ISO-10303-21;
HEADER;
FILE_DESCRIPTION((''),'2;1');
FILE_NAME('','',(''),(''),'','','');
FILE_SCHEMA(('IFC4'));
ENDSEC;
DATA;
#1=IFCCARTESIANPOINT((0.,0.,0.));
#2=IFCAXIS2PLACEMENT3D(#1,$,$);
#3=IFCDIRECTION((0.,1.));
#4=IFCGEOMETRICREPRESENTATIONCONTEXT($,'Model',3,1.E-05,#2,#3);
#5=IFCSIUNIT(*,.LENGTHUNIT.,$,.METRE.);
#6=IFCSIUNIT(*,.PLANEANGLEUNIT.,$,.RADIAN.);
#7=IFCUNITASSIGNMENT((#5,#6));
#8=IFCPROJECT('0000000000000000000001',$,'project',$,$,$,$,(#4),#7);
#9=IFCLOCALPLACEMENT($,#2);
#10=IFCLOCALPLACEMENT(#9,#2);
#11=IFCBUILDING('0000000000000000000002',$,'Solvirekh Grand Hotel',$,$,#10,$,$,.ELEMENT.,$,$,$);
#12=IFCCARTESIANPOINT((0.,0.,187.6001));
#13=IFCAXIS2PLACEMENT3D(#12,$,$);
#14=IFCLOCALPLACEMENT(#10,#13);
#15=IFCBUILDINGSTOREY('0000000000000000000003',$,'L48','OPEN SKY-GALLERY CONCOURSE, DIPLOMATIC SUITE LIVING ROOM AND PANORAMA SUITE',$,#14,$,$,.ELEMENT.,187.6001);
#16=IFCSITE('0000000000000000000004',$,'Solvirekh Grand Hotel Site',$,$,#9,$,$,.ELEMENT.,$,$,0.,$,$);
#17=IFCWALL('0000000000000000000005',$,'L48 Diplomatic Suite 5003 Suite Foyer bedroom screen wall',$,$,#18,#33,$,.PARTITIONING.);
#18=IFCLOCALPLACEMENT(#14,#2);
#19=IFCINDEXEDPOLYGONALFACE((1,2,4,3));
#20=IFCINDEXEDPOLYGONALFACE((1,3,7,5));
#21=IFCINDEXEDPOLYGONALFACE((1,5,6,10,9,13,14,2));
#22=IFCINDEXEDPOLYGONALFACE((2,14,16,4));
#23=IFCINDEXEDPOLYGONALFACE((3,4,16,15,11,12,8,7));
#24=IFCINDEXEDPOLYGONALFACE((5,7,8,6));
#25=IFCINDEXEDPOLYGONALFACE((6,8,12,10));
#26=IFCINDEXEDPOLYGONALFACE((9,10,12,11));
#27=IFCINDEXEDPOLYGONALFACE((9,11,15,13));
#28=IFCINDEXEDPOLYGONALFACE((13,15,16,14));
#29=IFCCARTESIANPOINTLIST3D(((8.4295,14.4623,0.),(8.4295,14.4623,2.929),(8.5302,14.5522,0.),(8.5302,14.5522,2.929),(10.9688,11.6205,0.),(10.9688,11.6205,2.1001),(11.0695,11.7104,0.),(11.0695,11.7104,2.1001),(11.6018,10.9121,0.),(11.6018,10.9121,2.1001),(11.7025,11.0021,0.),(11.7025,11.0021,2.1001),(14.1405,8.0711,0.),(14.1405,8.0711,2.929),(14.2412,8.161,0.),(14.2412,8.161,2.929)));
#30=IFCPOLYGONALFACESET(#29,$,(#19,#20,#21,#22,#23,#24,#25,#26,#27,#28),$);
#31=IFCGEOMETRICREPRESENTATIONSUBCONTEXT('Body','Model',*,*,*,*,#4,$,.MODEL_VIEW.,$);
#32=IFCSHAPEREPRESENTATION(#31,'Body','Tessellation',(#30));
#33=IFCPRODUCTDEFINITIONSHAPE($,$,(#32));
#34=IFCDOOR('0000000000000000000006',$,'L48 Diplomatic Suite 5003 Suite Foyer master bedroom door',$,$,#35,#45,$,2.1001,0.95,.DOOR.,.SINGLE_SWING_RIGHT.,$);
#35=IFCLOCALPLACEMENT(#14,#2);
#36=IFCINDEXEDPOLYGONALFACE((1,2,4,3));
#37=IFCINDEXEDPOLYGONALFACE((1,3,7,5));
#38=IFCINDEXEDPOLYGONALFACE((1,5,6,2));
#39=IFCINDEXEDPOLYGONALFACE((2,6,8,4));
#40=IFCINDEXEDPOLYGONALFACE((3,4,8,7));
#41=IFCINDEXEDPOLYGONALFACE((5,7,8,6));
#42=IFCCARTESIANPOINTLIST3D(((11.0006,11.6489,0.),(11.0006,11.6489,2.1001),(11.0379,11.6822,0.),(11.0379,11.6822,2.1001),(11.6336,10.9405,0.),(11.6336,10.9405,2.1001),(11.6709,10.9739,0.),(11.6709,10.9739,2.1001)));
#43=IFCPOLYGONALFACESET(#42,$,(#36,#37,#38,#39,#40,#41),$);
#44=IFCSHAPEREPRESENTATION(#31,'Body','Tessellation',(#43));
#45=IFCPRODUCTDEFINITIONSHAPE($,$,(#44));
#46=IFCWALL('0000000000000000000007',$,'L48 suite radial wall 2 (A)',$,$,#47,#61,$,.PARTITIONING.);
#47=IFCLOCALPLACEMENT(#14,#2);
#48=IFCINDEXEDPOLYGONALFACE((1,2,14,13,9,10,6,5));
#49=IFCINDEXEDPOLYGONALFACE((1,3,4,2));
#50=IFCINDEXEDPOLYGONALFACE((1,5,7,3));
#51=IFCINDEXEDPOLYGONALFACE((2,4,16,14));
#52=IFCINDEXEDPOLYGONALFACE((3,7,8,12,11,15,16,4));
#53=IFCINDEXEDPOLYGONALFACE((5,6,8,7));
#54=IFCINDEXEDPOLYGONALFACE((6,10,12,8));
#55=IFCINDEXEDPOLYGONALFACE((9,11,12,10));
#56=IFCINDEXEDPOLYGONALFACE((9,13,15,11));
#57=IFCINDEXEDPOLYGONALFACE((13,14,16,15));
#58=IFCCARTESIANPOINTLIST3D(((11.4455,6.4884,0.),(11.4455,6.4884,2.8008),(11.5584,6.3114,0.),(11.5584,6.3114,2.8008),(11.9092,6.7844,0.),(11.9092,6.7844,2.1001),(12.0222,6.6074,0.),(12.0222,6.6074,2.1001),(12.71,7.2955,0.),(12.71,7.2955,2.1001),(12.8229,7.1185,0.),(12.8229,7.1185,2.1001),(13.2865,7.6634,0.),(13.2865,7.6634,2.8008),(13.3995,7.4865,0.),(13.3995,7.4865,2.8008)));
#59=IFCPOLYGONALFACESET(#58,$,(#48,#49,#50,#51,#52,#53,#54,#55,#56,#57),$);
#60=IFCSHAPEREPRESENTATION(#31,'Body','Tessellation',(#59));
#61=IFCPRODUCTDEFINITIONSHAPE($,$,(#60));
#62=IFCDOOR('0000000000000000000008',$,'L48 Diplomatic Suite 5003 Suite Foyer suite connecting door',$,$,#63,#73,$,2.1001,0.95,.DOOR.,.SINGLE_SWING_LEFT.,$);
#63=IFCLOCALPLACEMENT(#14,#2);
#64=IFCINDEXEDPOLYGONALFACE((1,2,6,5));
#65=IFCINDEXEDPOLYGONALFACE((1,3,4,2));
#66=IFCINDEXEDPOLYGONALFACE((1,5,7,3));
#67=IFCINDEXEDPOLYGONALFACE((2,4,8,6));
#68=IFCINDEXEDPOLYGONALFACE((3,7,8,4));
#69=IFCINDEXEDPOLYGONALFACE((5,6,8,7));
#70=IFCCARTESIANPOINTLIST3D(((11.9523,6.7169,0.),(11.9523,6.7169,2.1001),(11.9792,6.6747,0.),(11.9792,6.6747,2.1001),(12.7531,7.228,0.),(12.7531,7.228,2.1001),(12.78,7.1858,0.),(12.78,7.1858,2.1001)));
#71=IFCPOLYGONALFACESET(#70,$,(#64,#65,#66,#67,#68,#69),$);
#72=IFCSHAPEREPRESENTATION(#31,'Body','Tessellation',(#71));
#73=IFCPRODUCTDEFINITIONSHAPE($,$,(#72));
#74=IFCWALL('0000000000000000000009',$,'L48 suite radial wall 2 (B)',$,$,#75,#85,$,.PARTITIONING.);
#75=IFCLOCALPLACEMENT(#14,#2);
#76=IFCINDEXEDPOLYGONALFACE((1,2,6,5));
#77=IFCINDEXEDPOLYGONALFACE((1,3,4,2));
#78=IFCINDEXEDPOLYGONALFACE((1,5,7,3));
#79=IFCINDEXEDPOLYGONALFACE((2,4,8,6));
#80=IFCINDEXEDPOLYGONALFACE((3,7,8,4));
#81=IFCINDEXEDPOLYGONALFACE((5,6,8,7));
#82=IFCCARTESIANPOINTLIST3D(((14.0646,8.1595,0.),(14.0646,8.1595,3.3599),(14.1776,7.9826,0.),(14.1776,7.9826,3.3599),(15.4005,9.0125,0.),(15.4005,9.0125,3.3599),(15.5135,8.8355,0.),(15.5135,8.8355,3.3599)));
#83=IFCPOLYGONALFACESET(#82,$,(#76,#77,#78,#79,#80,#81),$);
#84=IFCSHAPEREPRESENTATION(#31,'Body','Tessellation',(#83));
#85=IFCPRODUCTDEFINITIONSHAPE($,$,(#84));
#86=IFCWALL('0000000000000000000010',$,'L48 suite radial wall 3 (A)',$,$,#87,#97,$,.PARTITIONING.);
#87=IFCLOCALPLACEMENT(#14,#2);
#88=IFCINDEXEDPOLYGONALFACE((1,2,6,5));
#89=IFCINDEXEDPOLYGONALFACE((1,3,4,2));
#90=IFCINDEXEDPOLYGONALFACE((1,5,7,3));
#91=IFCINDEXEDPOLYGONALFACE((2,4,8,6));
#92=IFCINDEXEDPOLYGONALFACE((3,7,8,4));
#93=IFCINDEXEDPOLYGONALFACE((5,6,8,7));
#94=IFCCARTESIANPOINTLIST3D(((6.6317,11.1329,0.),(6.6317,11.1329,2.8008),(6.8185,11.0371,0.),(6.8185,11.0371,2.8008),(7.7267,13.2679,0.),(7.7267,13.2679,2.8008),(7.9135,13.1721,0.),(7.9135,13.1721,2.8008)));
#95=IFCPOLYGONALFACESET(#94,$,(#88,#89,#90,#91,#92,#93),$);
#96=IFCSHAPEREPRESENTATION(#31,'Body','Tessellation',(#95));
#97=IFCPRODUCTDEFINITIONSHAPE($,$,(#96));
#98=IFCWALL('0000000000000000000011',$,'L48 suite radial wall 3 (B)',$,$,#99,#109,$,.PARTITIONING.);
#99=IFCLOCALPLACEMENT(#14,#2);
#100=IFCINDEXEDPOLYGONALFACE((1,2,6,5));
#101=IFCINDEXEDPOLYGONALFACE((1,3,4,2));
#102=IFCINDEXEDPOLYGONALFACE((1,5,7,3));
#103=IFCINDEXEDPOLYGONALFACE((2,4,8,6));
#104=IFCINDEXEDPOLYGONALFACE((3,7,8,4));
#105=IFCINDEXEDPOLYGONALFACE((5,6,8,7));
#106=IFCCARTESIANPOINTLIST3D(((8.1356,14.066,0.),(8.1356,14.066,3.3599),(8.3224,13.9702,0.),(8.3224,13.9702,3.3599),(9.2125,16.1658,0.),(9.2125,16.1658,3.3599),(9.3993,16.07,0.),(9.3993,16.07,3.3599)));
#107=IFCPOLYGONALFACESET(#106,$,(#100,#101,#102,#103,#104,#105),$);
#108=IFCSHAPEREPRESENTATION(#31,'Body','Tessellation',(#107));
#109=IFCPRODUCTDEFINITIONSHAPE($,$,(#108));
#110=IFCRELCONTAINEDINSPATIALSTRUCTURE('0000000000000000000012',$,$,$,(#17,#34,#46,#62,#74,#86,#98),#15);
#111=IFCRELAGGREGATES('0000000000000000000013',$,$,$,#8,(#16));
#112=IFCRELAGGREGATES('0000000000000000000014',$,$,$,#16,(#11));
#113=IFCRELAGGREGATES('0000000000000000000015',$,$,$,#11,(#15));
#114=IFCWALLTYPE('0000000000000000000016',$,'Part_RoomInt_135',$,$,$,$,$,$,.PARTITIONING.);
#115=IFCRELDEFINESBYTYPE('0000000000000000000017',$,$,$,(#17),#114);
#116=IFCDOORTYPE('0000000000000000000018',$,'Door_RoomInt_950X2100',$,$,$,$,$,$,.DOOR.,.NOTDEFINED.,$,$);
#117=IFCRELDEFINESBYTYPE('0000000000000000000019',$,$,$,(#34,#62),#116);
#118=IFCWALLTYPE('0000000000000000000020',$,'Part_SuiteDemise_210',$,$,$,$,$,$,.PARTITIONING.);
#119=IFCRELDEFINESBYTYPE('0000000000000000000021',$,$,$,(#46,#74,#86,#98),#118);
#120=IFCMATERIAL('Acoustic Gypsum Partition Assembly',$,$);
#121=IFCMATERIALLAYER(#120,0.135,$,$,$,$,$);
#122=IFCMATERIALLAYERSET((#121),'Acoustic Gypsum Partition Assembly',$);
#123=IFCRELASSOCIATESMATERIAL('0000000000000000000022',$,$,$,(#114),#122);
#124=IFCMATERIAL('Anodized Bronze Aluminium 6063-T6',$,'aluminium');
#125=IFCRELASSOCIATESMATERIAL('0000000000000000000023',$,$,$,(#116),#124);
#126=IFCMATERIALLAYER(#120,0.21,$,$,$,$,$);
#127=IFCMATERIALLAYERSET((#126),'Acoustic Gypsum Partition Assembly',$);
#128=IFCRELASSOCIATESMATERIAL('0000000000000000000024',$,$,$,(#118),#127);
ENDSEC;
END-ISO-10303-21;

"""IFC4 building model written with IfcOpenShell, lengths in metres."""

from ifc_helpers import new_model, si_unit, direction, frame, frame_2d, origin, place, context, subcontext, project, spatial, rectangle, extrude, material, layer, layer_set, type_object, element, fill, save


model = new_model("IFC4")

# Units and contexts
model_context = context("Model", 3, precision=1e-05, world=origin(), true_north=direction((0.0, 1.0)))
body_context = subcontext(model_context, "Body", "Model", "MODEL_VIEW")
ifc_project = project(units=[si_unit("LENGTHUNIT", "METRE"), si_unit("PLANEANGLEUNIT", "RADIAN")], contexts=[model_context])

# Site, building, storey
site_placement = place(None, origin())
site = spatial("IfcSite", under=ifc_project, at=site_placement, Name="Solvirekh Grand Hotel Site", CompositionType="ELEMENT", RefElevation=0.0)
building_placement = place(site_placement, origin())
building = spatial("IfcBuilding", under=site, at=building_placement, Name="Solvirekh Grand Hotel", CompositionType="ELEMENT")
storey_placement = place(building_placement, frame((0.0, 0.0, 187.6001)))
storey = spatial("IfcBuildingStorey", under=building, at=storey_placement, Name="L48", Description="OPEN SKY-GALLERY CONCOURSE, DIPLOMATIC SUITE LIVING ROOM AND PANORAMA SUITE", CompositionType="ELEMENT", Elevation=187.6001)

# Shared definitions
ifc_material_1 = material(Name="Anodized Bronze Aluminium 6063-T6", Category="aluminium")

# Shared definitions
ifc_material_2 = material(Name="Acoustic Gypsum Partition Assembly")

# Walls, openings, doors
ifc_layer_1 = layer(ifc_material_2, 0.135)
ifc_layer_set_1 = layer_set([ifc_layer_1], Name="Acoustic Gypsum Partition Assembly")
wall_type_1 = type_object("IfcWallType", Name="Part_RoomInt_135", PredefinedType="PARTITIONING", material=ifc_layer_set_1)
wall_1_placement = place(storey_placement, frame((14.1909, 8.116, 0.0), z_axis=(0.0, 0.0, 1.0), x_axis=(-0.666313, 0.745672, 0.0)))
wall_1 = element("IfcWall", 1, at=wall_1_placement, inside=storey, type_object=wall_type_1, Name="L48 Diplomatic Suite 5003 Suite Foyer bedroom screen wall", PredefinedType="PARTITIONING", context=body_context, shape_type="SweptSolid", body=[
    extrude(rectangle(XDim=8.571, YDim=0.135, at=frame_2d((4.2856, 0.0))), origin(), (0.0, 0.0, 1.0), 2.929),
])
opening_1_placement = place(wall_1_placement, frame((3.8101, 0.0, 0.0)))
opening_1 = element("IfcOpeningElement", 2, at=opening_1_placement, cuts=wall_1, PredefinedType="OPENING", context=body_context, shape_type="SweptSolid", body=[
    extrude(rectangle(XDim=0.95, YDim=2.1001, at=frame_2d((0.4751, 1.05))), frame((0.0, 0.0776, 0.0), z_axis=(0.0, -1.0, 0.0), x_axis=(1.0, 0.0, 0.0)), (0.0, 0.0, 1.0), 0.155),
])
door_type_1 = type_object("IfcDoorType", Name="Door_RoomInt_950X2100", OperationType="NOTDEFINED", PredefinedType="DOOR", material=ifc_material_1)
door_1_placement = place(opening_1_placement, origin())
door_1 = element("IfcDoor", 3, at=door_1_placement, inside=storey, type_object=door_type_1, Name="L48 Diplomatic Suite 5003 Suite Foyer master bedroom door", OperationType="SINGLE_SWING_RIGHT", OverallHeight=2.1001, OverallWidth=0.95, PredefinedType="DOOR", context=body_context, shape_type="SweptSolid", body=[
    extrude(rectangle(XDim=0.95, YDim=2.1001, at=frame_2d((0.4751, 1.05))), frame((0.0, 0.0249, 0.0), z_axis=(0.0, -1.0, 0.0), x_axis=(1.0, 0.0, 0.0)), (0.0, 0.0, 1.0), 0.05),
])
fill(opening_1, door_1)
ifc_layer_2 = layer(ifc_material_2, 0.21)
ifc_layer_set_2 = layer_set([ifc_layer_2], Name="Acoustic Gypsum Partition Assembly")
wall_type_2 = type_object("IfcWallType", Name="Part_SuiteDemise_210", PredefinedType="PARTITIONING", material=ifc_layer_set_2)
wall_2_placement = place(storey_placement, frame((11.502, 6.3999, 0.0), z_axis=(0.0, 0.0, 1.0), x_axis=(0.842943, 0.538003, 0.0)))
wall_2 = element("IfcWall", 4, at=wall_2_placement, inside=storey, type_object=wall_type_2, Name="L48 suite radial wall 2 (A)", PredefinedType="PARTITIONING", context=body_context, shape_type="SweptSolid", body=[
    extrude(rectangle(XDim=2.1841, YDim=0.21, at=frame_2d((1.092, 0.0))), origin(), (0.0, 0.0, 1.0), 2.8008),
])
opening_2_placement = place(wall_2_placement, frame((0.55, 0.0, 0.0)))
opening_2 = element("IfcOpeningElement", 5, at=opening_2_placement, cuts=wall_2, PredefinedType="OPENING", context=body_context, shape_type="SweptSolid", body=[
    extrude(rectangle(XDim=0.95, YDim=2.1001, at=frame_2d((0.4751, 1.05))), frame((0.0, 0.115, 0.0), z_axis=(0.0, -1.0, 0.0), x_axis=(1.0, 0.0, 0.0)), (0.0, 0.0, 1.0), 0.23),
])
door_2_placement = place(opening_2_placement, origin())
door_2 = element("IfcDoor", 6, at=door_2_placement, inside=storey, type_object=door_type_1, Name="L48 Diplomatic Suite 5003 Suite Foyer suite connecting door", OperationType="SINGLE_SWING_LEFT", OverallHeight=2.1001, OverallWidth=0.95, PredefinedType="DOOR", context=body_context, shape_type="SweptSolid", body=[
    extrude(rectangle(XDim=0.95, YDim=2.1001, at=frame_2d((0.4751, 1.05))), frame((0.0, 0.0249, 0.0), z_axis=(0.0, -1.0, 0.0), x_axis=(1.0, 0.0, 0.0)), (0.0, 0.0, 1.0), 0.05),
])
fill(opening_2, door_2)

# Walls
wall_3_placement = place(storey_placement, frame((14.1211, 8.071, 0.0), z_axis=(0.0, 0.0, 1.0), x_axis=(0.842836, 0.53817, 0.0)))
element("IfcWall", 7, at=wall_3_placement, inside=storey, type_object=wall_type_2, Name="L48 suite radial wall 2 (B)", PredefinedType="PARTITIONING", context=body_context, shape_type="SweptSolid", body=[
    extrude(rectangle(XDim=1.585, YDim=0.21, at=frame_2d((0.7925, 0.0))), origin(), (0.0, 0.0, 1.0), 3.3599),
])
wall_4_placement = place(storey_placement, frame((6.7251, 11.085, 0.0), z_axis=(0.0, 0.0, 1.0), x_axis=(0.456348, 0.889802, 0.0)))
element("IfcWall", 8, at=wall_4_placement, inside=storey, type_object=wall_type_2, Name="L48 suite radial wall 3 (A)", PredefinedType="PARTITIONING", context=body_context, shape_type="SweptSolid", body=[
    extrude(rectangle(XDim=2.3994, YDim=0.21, at=frame_2d((1.1997, 0.0))), origin(), (0.0, 0.0, 1.0), 2.8008),
])
wall_5_placement = place(storey_placement, frame((8.229, 14.0181, 0.0), z_axis=(0.0, 0.0, 1.0), x_axis=(0.456336, 0.889808, 0.0)))
element("IfcWall", 9, at=wall_5_placement, inside=storey, type_object=wall_type_2, Name="L48 suite radial wall 3 (B)", PredefinedType="PARTITIONING", context=body_context, shape_type="SweptSolid", body=[
    extrude(rectangle(XDim=2.3599, YDim=0.21, at=frame_2d((1.1799, 0.0))), origin(), (0.0, 0.0, 1.0), 3.3599),
])

save(model, "model.ifc")
